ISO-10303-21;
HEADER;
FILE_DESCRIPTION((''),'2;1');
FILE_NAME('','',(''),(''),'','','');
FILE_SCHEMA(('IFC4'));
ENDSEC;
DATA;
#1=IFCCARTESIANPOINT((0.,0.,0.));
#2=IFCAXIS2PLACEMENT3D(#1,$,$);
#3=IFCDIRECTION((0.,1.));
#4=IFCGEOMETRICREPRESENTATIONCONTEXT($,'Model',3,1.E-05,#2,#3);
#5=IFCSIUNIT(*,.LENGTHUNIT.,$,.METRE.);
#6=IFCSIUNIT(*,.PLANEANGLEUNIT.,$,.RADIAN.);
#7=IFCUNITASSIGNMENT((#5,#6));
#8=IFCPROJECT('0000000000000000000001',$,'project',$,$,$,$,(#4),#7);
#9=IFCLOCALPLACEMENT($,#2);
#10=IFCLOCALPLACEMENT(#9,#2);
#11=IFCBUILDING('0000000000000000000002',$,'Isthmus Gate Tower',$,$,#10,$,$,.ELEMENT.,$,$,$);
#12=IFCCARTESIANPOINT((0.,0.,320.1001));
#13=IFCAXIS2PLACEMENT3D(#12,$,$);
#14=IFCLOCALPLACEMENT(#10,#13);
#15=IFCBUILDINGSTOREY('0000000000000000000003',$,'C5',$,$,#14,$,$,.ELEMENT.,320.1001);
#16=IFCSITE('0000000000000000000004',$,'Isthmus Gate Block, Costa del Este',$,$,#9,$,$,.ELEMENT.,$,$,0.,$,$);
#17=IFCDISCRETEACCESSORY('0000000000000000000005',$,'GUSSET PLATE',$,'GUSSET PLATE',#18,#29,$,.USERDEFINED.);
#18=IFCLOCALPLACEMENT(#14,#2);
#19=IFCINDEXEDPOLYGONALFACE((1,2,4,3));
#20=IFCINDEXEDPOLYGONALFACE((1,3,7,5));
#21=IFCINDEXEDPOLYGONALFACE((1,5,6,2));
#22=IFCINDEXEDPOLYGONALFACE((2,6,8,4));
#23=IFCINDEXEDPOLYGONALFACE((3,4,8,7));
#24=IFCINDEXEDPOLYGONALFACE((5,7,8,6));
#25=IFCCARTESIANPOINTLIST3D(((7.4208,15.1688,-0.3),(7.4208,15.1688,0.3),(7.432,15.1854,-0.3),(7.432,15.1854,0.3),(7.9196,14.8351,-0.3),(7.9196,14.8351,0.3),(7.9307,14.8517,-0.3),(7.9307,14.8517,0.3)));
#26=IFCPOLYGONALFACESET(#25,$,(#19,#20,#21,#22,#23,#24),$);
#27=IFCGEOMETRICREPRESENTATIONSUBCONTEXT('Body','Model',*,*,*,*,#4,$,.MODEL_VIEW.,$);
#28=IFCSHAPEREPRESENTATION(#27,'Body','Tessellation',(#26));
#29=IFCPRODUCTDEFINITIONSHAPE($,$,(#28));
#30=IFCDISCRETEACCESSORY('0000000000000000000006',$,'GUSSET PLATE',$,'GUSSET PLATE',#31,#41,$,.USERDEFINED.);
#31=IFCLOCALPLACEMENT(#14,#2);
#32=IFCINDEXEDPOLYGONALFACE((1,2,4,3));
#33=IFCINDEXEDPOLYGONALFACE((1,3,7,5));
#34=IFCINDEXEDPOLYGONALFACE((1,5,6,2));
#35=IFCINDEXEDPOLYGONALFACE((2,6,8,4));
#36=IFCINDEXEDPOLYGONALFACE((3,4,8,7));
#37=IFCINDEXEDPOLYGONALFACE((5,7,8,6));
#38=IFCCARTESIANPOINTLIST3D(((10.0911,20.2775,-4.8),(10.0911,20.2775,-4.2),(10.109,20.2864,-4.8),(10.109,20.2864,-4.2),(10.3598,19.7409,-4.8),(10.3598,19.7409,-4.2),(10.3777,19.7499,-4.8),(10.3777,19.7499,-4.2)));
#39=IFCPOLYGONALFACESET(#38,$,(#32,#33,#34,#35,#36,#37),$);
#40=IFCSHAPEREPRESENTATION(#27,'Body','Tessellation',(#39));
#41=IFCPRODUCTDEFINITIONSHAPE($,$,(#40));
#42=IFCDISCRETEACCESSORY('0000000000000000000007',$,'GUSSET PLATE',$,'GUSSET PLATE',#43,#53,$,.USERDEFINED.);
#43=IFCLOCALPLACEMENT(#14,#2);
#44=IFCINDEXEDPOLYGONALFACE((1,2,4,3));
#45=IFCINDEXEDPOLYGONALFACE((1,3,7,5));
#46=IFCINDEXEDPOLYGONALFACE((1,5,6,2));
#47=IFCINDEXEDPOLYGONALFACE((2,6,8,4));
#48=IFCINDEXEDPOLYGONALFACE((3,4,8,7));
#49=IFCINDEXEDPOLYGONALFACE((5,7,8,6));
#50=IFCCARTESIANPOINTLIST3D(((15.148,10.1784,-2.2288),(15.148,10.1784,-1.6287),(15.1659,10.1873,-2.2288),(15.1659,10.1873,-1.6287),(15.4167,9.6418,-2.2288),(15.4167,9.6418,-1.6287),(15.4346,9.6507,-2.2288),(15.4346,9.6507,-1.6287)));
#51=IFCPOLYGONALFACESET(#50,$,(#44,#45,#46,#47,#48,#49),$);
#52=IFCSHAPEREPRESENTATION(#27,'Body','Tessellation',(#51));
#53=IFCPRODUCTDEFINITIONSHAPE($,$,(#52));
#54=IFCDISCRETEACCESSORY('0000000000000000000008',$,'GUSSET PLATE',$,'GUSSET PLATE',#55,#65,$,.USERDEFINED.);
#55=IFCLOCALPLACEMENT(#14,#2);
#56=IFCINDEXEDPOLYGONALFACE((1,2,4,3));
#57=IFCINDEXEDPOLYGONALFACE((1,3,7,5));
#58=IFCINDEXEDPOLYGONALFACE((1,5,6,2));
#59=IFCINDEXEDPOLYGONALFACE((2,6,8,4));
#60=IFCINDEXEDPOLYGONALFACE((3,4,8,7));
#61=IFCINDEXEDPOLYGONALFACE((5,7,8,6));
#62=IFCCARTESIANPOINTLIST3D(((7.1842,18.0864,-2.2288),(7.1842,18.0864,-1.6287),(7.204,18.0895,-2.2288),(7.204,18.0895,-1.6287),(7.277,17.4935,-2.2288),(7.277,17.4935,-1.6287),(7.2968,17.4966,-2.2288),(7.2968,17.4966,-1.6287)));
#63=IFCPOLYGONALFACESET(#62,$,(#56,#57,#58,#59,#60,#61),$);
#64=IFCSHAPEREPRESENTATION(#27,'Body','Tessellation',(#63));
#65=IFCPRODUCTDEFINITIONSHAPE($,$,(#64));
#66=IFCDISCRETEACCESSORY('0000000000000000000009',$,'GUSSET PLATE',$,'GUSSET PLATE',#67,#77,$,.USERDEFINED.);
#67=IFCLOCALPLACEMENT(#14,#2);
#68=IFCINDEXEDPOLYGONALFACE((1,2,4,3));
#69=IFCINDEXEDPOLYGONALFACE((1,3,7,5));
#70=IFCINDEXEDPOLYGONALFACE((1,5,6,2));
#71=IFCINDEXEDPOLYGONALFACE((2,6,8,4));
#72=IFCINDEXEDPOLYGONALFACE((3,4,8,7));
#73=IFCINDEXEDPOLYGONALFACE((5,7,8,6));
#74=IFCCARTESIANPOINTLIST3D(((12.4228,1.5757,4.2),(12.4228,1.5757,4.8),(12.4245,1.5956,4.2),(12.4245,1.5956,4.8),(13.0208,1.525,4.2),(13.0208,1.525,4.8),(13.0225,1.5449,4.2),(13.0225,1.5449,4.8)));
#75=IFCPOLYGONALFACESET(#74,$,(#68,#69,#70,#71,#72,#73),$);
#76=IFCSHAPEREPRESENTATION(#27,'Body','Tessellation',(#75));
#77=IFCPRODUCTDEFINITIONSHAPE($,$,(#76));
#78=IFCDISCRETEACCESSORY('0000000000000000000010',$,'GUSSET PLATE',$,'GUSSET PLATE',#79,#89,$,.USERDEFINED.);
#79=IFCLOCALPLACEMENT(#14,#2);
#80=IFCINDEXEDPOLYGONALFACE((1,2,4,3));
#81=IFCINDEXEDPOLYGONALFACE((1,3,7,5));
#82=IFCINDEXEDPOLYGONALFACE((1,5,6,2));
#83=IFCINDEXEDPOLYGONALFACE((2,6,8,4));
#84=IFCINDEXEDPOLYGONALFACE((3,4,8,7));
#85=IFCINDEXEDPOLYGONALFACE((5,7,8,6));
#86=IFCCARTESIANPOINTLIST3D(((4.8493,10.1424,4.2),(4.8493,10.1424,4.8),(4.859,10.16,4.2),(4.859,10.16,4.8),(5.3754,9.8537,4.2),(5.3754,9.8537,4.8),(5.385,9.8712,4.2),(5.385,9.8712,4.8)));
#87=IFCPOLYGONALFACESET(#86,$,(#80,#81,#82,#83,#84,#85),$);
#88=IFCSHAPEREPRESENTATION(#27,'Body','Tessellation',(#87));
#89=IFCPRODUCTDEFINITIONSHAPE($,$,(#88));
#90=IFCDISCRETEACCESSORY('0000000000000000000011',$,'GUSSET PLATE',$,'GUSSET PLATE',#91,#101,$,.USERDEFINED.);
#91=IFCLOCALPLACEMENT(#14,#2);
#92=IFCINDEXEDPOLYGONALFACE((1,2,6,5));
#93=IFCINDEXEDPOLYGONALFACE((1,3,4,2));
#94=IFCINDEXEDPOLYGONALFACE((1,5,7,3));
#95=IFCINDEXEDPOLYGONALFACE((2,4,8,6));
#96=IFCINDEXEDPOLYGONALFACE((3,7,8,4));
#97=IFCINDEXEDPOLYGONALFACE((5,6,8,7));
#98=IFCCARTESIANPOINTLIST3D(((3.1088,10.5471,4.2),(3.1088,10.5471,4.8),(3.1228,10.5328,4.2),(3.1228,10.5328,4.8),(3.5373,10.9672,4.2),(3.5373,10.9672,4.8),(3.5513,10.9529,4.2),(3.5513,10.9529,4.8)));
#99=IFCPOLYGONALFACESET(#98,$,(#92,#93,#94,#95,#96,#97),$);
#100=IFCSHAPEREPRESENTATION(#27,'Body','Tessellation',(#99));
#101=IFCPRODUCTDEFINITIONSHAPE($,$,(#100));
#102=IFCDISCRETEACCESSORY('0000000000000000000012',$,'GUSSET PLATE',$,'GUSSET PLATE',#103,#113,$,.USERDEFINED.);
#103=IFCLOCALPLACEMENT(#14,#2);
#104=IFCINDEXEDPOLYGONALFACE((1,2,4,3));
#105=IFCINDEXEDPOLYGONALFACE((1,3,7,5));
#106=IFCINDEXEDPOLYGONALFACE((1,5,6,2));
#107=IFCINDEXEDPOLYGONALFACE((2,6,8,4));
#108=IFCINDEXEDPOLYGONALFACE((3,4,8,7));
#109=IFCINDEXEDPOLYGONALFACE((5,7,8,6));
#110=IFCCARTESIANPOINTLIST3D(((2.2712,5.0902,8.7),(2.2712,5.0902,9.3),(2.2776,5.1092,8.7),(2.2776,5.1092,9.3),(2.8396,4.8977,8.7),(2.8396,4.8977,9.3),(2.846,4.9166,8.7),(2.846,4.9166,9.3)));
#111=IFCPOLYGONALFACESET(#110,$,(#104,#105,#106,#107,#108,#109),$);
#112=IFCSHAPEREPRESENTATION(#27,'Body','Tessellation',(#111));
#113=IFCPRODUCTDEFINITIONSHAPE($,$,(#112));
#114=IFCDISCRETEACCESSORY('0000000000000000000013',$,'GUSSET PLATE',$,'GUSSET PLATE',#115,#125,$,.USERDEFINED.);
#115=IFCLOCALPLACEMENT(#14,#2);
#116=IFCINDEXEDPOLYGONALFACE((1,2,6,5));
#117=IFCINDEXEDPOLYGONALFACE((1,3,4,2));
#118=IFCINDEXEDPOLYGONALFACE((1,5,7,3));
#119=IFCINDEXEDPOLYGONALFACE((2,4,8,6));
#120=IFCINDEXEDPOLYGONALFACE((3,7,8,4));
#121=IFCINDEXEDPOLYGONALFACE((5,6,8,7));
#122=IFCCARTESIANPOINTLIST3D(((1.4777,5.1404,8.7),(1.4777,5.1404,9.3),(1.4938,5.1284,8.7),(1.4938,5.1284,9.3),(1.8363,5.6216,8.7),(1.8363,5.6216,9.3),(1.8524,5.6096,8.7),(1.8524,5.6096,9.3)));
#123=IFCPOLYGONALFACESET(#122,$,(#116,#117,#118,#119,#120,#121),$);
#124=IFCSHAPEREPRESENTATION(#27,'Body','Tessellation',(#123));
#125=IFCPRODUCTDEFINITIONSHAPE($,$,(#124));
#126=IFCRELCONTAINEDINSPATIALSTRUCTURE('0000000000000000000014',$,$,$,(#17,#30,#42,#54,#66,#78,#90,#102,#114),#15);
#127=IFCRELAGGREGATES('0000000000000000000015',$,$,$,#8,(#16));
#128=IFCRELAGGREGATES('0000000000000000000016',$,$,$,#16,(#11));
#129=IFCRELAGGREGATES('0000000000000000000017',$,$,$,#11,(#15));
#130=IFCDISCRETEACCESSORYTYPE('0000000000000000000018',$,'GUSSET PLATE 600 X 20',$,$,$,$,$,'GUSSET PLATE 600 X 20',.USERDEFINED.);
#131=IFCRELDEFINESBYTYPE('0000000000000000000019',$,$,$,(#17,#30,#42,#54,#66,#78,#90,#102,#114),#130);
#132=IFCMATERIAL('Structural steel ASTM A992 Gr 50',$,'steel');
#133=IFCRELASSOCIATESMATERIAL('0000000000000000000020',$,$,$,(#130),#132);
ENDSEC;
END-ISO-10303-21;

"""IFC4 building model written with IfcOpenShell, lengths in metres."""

from ifc_helpers import new_model, si_unit, direction, frame, origin, origin_2d, place, context, subcontext, project, spatial, rectangle, extrude, material, type_object, element, save


model = new_model("IFC4")

# Units and contexts
model_context = context("Model", 3, precision=1e-05, world=origin(), true_north=direction((0.0, 1.0)))
body_context = subcontext(model_context, "Body", "Model", "MODEL_VIEW")
ifc_project = project(units=[si_unit("LENGTHUNIT", "METRE"), si_unit("PLANEANGLEUNIT", "RADIAN")], contexts=[model_context])

# Site, building, storey
site_placement = place(None, origin())
site = spatial("IfcSite", under=ifc_project, at=site_placement, Name="Isthmus Gate Block, Costa del Este", CompositionType="ELEMENT", RefElevation=0.0)
building_placement = place(site_placement, origin())
building = spatial("IfcBuilding", under=site, at=building_placement, Name="Isthmus Gate Tower", CompositionType="ELEMENT")
storey_placement = place(building_placement, frame((0.0, 0.0, 320.1001)))
storey = spatial("IfcBuildingStorey", under=building, at=storey_placement, Name="C5", CompositionType="ELEMENT", Elevation=320.1001)

# Discrete accessories
ifc_material_1 = material(Name="Structural steel ASTM A992 Gr 50", Category="steel")
discrete_accessory_type = type_object("IfcDiscreteAccessoryType", Name="GUSSET PLATE 600 X 20", ElementType="GUSSET PLATE 600 X 20", PredefinedType="USERDEFINED", material=ifc_material_1)
for number, where, z_axis, x_axis, name in (
    (1, (7.6758, 15.0103, -0.3), (0.0, 0.0, 1.0), (-0.831108, 0.556111, 0.0), "GUSSET PLATE"),
    (2, (10.2344, 20.0137, -4.8), (0.0, 0.0, 1.0), (0.447731, -0.894168, 0.0), "GUSSET PLATE"),
    (3, (15.2913, 9.9146, -2.2288), (0.0, 0.0, 1.0), (0.447731, -0.894168, 0.0), "GUSSET PLATE"),
    (4, (7.2405, 17.7915, -2.2288), (0.0, 0.0, 1.0), (0.154637, -0.987971, 0.0), "GUSSET PLATE"),
    (5, (12.7227, 1.5603, 4.2), (0.0, 0.0, 1.0), (-0.996426, 0.08447, 0.0), "GUSSET PLATE"),
    (6, (5.1172, 10.0068, 4.2), (0.0, 0.0, 1.0), (-0.876617, 0.481188, 0.0), "GUSSET PLATE"),
    (7, (3.3301, 10.75, 4.2), (0.0, 0.0, 1.0), (-0.714097, -0.700047, 0.0), "GUSSET PLATE"),
    (8, (2.5586, 5.0034, 8.7), (0.0, 0.0, 1.0), (-0.947129, 0.320854, 0.0), "GUSSET PLATE"),
    (9, (1.665, 5.375, 8.7), (0.0, 0.0, 1.0), (-0.597593, -0.8018, 0.0), "GUSSET PLATE"),
):
    element("IfcDiscreteAccessory", number, at=place(storey_placement, frame(where, z_axis=z_axis, x_axis=x_axis)), inside=storey, type_object=discrete_accessory_type, Name=name, ObjectType="GUSSET PLATE", PredefinedType="USERDEFINED", context=body_context, shape_type="SweptSolid", body=[
        extrude(rectangle(XDim=0.6001, YDim=0.02, at=origin_2d()), origin(), (0.0, 0.0, 1.0), 0.6001),
    ])

save(model, "model.ifc")
